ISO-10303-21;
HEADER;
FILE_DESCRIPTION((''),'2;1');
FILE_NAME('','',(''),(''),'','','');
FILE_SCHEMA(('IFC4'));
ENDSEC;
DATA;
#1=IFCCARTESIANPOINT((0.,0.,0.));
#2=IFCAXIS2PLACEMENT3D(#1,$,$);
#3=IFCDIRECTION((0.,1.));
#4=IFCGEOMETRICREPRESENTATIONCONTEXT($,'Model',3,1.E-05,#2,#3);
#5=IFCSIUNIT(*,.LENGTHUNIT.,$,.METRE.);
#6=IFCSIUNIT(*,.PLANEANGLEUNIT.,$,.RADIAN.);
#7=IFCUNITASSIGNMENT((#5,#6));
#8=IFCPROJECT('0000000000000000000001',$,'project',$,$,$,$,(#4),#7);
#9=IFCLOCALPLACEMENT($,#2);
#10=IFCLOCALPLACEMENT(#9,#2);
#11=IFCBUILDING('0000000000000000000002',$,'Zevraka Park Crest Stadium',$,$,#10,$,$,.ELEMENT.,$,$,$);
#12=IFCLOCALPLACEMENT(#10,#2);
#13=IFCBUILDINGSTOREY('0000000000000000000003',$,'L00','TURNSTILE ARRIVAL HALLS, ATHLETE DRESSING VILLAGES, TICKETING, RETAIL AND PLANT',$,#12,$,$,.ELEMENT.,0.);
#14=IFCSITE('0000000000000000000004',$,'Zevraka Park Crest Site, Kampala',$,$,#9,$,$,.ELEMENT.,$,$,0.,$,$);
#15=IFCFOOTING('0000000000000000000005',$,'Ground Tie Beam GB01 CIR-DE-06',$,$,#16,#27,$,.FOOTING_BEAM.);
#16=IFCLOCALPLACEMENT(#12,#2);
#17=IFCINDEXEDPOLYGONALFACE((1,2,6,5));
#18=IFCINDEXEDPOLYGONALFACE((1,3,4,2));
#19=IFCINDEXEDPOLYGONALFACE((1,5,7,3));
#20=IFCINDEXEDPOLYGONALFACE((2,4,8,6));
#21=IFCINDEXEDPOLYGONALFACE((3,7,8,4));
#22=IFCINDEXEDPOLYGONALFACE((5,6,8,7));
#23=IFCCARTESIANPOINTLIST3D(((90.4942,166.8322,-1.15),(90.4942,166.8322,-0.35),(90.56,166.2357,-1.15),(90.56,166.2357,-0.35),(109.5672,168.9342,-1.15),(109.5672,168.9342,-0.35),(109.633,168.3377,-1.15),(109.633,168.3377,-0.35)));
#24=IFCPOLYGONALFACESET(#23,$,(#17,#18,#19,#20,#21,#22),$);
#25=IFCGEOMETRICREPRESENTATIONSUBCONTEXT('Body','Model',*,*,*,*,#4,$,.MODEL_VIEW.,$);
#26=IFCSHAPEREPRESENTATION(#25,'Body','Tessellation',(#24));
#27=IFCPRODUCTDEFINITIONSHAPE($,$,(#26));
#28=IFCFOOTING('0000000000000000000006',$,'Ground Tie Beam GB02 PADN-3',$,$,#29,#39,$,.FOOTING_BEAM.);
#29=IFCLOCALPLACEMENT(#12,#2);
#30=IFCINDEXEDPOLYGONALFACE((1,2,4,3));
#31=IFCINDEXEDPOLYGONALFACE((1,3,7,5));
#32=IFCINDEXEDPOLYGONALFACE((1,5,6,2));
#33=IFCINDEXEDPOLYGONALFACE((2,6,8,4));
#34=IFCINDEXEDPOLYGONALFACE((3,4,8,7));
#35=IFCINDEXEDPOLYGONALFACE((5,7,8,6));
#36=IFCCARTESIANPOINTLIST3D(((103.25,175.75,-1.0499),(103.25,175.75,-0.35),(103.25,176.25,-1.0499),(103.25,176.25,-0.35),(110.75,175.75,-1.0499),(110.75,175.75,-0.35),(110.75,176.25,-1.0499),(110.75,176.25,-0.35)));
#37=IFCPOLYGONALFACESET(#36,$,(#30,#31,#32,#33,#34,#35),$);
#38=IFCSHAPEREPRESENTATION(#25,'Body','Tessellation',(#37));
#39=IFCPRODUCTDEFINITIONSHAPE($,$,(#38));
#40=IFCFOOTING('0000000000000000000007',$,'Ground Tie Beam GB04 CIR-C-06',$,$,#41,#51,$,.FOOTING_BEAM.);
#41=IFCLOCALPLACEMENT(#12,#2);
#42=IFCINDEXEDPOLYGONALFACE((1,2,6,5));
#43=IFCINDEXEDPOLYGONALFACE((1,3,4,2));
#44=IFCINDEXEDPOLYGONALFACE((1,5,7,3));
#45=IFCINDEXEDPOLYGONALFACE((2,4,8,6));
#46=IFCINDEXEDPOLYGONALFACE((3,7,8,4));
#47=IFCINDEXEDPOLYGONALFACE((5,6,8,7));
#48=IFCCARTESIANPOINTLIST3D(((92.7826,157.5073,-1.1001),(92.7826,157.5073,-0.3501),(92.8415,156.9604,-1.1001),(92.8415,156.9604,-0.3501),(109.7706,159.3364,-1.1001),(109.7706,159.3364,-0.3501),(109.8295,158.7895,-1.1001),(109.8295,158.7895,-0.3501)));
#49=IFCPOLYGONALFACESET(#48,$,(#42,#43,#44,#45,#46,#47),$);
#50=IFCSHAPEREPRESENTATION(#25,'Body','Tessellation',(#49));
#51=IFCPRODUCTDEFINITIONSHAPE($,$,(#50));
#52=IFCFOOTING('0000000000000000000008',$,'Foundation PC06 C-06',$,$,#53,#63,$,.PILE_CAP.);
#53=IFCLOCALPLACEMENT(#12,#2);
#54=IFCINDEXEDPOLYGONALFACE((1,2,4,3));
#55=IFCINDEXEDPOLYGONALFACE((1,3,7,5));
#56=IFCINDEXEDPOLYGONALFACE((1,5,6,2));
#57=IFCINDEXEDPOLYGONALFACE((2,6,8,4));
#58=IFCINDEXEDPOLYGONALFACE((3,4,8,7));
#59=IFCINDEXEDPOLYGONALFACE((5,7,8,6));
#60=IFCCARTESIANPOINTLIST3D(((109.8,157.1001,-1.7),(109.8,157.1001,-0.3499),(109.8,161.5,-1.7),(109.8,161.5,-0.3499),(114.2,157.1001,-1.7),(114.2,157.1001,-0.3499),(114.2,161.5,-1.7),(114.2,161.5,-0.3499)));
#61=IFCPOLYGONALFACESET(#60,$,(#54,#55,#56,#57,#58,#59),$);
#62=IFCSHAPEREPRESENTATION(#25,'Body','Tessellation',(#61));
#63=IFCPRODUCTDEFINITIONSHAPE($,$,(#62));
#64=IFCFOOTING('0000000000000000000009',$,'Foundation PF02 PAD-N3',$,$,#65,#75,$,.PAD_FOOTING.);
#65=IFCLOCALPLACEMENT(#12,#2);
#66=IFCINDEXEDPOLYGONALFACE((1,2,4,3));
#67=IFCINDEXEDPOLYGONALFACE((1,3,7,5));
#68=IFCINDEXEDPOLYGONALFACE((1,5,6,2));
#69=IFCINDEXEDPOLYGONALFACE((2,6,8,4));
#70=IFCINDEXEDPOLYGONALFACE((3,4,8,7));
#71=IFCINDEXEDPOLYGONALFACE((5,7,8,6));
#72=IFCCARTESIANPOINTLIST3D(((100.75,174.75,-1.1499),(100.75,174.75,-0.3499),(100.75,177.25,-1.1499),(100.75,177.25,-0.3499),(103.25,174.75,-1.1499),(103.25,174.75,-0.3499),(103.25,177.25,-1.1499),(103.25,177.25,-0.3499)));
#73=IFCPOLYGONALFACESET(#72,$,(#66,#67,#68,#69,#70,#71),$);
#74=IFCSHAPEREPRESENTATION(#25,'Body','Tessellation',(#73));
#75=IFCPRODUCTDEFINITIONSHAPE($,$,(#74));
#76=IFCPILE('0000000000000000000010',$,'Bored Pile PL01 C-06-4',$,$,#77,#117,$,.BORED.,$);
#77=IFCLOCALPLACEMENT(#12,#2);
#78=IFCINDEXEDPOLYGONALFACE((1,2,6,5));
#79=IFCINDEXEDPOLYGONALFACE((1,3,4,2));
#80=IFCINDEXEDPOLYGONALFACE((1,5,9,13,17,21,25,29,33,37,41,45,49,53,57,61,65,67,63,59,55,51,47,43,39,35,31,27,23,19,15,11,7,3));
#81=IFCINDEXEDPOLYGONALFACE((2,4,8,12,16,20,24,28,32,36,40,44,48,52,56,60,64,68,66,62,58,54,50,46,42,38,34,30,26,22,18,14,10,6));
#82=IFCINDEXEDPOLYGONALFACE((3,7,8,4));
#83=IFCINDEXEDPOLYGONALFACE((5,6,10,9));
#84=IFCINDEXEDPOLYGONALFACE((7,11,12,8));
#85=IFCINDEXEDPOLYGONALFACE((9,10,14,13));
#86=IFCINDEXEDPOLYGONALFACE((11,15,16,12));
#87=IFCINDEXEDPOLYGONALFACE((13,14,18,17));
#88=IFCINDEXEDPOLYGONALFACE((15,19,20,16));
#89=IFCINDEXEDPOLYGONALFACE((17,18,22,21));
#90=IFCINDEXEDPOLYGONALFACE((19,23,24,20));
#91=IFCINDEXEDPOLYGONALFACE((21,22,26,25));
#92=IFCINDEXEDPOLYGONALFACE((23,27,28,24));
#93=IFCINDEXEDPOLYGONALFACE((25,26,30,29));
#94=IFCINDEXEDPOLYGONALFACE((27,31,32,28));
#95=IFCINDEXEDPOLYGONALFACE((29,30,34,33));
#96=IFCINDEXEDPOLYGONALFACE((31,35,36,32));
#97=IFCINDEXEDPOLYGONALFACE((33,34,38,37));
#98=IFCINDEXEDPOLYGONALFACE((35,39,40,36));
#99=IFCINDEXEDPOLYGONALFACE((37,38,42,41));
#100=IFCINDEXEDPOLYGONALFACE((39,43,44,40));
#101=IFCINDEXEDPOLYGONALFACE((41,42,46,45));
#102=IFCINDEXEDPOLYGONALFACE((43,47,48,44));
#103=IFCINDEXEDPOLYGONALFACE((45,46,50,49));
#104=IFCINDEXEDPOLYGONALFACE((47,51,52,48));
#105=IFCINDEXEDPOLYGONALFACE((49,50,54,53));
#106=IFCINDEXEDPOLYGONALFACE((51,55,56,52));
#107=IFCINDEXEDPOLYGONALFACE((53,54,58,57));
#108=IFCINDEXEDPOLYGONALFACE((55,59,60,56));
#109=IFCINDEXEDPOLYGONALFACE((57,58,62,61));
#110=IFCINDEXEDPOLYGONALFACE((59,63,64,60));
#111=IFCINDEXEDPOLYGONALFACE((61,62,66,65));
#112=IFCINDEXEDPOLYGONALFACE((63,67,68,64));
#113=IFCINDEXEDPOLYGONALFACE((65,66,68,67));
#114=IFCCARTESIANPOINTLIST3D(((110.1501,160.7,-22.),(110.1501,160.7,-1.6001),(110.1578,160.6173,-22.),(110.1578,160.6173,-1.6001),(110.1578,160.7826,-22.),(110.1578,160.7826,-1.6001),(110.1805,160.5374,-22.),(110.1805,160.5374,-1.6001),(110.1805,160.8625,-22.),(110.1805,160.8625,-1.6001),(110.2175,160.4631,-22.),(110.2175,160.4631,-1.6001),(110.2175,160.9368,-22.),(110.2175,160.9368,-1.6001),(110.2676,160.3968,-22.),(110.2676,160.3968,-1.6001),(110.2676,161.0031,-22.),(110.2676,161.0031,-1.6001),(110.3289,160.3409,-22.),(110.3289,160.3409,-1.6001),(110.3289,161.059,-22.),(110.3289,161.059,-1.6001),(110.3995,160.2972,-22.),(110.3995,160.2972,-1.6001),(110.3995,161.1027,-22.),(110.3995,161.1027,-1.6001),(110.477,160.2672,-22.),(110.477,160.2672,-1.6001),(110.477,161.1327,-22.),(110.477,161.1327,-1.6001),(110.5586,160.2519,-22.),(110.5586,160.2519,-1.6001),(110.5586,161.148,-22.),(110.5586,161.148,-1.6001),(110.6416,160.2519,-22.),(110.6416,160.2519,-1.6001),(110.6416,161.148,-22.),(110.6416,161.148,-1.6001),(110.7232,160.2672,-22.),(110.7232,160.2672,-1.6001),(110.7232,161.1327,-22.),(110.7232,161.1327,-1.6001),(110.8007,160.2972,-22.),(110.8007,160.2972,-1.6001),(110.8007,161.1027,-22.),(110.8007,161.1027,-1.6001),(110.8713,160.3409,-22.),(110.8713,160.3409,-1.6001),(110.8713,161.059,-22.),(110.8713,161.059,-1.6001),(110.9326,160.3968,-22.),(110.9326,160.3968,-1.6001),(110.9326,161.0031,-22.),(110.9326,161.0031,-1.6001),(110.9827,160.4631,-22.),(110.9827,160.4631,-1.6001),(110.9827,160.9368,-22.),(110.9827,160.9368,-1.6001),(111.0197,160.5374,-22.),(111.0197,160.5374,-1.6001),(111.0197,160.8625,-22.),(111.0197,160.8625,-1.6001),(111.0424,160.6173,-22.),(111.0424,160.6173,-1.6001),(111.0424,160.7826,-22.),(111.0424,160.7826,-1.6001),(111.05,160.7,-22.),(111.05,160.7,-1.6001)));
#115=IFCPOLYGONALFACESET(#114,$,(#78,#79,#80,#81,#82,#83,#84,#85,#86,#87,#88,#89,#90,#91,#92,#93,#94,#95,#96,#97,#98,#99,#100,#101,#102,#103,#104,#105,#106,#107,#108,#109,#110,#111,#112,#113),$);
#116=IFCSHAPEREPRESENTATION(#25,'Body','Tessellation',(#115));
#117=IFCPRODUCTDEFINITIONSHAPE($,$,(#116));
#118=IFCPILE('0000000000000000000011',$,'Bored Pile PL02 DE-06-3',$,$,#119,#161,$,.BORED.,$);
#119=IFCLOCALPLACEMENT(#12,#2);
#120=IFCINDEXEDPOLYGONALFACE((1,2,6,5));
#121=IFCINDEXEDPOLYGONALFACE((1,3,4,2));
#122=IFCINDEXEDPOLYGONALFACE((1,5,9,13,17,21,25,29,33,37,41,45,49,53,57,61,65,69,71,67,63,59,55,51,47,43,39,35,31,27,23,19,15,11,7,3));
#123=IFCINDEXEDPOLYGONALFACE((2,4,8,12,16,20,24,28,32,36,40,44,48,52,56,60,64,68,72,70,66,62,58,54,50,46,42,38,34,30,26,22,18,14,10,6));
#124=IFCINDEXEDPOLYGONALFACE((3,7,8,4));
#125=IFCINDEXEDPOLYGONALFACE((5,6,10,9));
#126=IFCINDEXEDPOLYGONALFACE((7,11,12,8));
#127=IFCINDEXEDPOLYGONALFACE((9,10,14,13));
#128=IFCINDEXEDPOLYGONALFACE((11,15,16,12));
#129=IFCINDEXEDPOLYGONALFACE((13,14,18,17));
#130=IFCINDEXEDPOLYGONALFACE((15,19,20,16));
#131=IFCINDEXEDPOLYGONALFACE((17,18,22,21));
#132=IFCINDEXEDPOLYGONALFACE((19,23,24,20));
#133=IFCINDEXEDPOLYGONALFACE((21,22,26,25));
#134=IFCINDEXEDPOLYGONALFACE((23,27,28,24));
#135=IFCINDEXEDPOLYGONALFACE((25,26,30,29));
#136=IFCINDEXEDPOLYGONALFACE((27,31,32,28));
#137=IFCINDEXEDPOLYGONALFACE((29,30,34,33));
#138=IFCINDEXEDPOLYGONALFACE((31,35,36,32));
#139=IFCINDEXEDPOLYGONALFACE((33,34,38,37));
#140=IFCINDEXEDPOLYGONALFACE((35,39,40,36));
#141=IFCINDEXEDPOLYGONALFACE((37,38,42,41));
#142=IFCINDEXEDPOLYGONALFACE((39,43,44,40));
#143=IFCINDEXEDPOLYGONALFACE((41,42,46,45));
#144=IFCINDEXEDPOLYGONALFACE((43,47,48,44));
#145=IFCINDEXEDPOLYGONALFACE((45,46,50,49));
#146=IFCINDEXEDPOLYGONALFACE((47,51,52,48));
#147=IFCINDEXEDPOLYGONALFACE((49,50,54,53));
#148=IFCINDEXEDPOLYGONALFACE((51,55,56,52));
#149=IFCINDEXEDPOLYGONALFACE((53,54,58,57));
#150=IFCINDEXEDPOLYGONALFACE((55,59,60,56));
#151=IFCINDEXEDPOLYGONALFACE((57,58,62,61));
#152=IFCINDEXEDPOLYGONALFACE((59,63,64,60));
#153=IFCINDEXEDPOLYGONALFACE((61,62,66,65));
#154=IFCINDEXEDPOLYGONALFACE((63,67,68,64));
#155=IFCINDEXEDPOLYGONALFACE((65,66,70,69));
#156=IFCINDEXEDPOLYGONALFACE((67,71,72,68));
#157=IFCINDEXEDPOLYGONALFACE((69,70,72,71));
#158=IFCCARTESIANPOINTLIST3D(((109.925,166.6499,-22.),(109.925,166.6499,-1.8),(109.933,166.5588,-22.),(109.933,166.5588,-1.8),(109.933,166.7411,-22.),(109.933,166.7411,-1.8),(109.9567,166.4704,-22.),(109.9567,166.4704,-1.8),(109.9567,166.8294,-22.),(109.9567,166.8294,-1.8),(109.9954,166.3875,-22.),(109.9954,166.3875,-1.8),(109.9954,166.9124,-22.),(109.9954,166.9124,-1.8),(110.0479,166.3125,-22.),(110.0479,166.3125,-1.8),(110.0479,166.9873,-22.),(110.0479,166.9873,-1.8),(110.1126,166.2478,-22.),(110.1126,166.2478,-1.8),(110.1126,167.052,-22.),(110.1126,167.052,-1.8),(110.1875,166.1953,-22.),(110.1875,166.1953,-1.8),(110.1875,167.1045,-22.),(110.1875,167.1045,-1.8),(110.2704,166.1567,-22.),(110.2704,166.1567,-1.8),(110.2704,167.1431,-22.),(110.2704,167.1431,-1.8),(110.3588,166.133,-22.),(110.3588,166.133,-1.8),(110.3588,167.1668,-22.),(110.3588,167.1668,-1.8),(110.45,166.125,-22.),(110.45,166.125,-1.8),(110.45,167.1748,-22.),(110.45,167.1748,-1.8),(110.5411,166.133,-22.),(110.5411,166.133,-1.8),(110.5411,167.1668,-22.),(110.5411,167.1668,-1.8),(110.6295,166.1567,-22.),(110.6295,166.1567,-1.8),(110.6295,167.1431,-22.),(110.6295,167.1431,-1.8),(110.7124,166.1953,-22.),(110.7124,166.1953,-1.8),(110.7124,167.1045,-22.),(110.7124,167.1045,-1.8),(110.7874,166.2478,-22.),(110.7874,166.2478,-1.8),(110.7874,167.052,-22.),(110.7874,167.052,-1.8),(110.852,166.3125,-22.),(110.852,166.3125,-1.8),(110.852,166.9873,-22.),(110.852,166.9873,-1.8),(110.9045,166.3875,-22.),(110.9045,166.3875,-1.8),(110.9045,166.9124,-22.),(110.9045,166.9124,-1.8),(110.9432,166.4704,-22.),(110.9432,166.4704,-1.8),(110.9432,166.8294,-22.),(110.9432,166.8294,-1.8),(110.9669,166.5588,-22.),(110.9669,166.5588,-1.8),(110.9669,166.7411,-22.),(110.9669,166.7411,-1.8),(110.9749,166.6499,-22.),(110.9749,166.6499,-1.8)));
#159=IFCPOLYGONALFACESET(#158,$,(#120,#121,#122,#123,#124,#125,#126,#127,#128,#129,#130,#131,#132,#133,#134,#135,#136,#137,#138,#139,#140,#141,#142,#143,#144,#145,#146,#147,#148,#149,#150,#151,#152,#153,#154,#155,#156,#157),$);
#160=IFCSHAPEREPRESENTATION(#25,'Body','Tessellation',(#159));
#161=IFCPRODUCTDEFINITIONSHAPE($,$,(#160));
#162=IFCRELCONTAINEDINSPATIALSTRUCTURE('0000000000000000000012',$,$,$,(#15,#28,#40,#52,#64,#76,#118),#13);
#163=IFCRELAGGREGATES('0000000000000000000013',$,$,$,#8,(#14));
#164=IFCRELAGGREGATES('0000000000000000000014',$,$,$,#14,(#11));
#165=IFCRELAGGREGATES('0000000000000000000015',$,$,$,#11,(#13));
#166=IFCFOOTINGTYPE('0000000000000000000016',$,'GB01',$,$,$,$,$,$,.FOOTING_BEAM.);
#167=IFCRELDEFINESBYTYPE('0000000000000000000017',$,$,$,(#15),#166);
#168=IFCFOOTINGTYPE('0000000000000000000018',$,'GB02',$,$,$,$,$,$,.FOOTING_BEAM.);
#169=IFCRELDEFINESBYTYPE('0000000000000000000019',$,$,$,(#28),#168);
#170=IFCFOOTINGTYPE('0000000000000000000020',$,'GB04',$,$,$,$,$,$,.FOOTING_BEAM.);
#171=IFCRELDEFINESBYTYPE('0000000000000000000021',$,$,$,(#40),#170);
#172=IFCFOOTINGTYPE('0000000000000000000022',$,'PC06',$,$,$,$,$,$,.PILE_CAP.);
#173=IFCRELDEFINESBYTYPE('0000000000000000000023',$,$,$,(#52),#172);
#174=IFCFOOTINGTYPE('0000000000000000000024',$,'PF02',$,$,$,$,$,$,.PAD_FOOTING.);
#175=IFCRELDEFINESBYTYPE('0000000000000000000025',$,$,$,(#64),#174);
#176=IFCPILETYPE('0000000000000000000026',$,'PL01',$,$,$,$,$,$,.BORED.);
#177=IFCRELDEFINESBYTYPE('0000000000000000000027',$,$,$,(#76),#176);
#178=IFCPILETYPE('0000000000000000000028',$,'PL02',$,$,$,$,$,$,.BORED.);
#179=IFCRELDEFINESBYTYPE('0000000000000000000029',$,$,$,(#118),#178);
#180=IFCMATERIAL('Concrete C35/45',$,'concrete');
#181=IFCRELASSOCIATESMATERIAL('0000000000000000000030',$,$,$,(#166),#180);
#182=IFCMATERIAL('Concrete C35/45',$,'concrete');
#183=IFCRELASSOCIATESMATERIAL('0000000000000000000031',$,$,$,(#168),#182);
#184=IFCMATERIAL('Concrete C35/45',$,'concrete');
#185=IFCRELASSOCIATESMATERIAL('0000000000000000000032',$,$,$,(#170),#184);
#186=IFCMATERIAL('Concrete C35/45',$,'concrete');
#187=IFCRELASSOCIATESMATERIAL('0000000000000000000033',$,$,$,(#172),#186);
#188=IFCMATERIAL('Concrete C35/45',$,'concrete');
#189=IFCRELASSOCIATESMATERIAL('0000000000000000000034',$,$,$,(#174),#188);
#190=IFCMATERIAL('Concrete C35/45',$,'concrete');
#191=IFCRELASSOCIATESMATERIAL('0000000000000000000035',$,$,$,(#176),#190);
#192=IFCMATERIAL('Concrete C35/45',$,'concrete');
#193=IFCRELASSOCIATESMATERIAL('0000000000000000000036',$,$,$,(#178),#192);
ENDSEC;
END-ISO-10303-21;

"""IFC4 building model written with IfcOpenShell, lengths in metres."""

from ifc_helpers import new_model, si_unit, direction, frame, origin, origin_2d, place, context, subcontext, project, spatial, rectangle, circle, extrude, material, material_profile, profile_set, type_object, element, save


model = new_model("IFC4")

# Units and contexts
model_context = context("Model", 3, precision=1e-05, world=origin(), true_north=direction((0.0, 1.0)))
body_context = subcontext(model_context, "Body", "Model", "MODEL_VIEW")
ifc_project = project(units=[si_unit("LENGTHUNIT", "METRE"), si_unit("PLANEANGLEUNIT", "RADIAN")], contexts=[model_context])

# Site, building, storey
site_placement = place(None, origin())
site = spatial("IfcSite", under=ifc_project, at=site_placement, Name="Zevraka Park Crest Site, Kampala", CompositionType="ELEMENT", RefElevation=0.0)
building_placement = place(site_placement, origin())
building = spatial("IfcBuilding", under=site, at=building_placement, Name="Zevraka Park Crest Stadium", CompositionType="ELEMENT")
storey_placement = place(building_placement, origin())
storey = spatial("IfcBuildingStorey", under=building, at=storey_placement, Name="L00", Description="TURNSTILE ARRIVAL HALLS, ATHLETE DRESSING VILLAGES, TICKETING, RETAIL AND PLANT", CompositionType="ELEMENT", Elevation=0.0)

# Footings
ifc_material_1 = material(Name="Concrete C35/45", Category="concrete")
ifc_material_profile_1 = material_profile(ifc_material_1, rectangle(XDim=0.6001, YDim=0.8, at=origin_2d()), Name="GB 800x600")
ifc_profile_set_1 = profile_set([ifc_material_profile_1], Name="Concrete C35/45")
footing_type_1 = type_object("IfcFootingType", Name="GB01", PredefinedType="FOOTING_BEAM", material=ifc_profile_set_1)
footing_1_placement = place(storey_placement, frame((109.6001, 168.636, -0.75), z_axis=(-0.993982, -0.109548, 0.0), x_axis=(0.109548, -0.993982, 0.0)))
element("IfcFooting", 1, at=footing_1_placement, inside=storey, type_object=footing_type_1, Name="Ground Tie Beam GB01 CIR-DE-06", PredefinedType="FOOTING_BEAM", context=body_context, shape_type="SweptSolid", body=[
    extrude(rectangle(XDim=0.6001, YDim=0.8, at=origin_2d()), origin(), (0.0, 0.0, 1.0), 19.1885),
])
ifc_material_2 = material(Name="Concrete C35/45", Category="concrete")
ifc_material_profile_2 = material_profile(ifc_material_2, rectangle(XDim=0.5, YDim=0.7, at=origin_2d()), Name="GB 700x500")
ifc_profile_set_2 = profile_set([ifc_material_profile_2], Name="Concrete C35/45")
footing_type_2 = type_object("IfcFootingType", Name="GB02", PredefinedType="FOOTING_BEAM", material=ifc_profile_set_2)
footing_2_placement = place(storey_placement, frame((103.25, 176.0, -0.7), z_axis=(1.0, 0.0, 0.0), x_axis=(0.0, 1.0, 0.0)))
element("IfcFooting", 2, at=footing_2_placement, inside=storey, type_object=footing_type_2, Name="Ground Tie Beam GB02 PADN-3", PredefinedType="FOOTING_BEAM", context=body_context, shape_type="SweptSolid", body=[
    extrude(rectangle(XDim=0.5, YDim=0.7, at=origin_2d()), origin(), (0.0, 0.0, 1.0), 7.5),
])
ifc_material_3 = material(Name="Concrete C35/45", Category="concrete")
ifc_material_profile_3 = material_profile(ifc_material_3, rectangle(XDim=0.55, YDim=0.75, at=origin_2d()), Name="GB 750x550")
ifc_profile_set_3 = profile_set([ifc_material_profile_3], Name="Concrete C35/45")
footing_type_3 = type_object("IfcFootingType", Name="GB04", PredefinedType="FOOTING_BEAM", material=ifc_profile_set_3)
footing_3_placement = place(storey_placement, frame((109.8, 159.063, -0.7251), z_axis=(-0.994254, -0.107051, 0.0), x_axis=(0.107051, -0.994254, 0.0)))
element("IfcFooting", 3, at=footing_3_placement, inside=storey, type_object=footing_type_3, Name="Ground Tie Beam GB04 CIR-C-06", PredefinedType="FOOTING_BEAM", context=body_context, shape_type="SweptSolid", body=[
    extrude(rectangle(XDim=0.55, YDim=0.75, at=origin_2d()), origin(), (0.0, 0.0, 1.0), 17.0862),
])
ifc_material_4 = material(Name="Concrete C35/45", Category="concrete")
footing_type_4 = type_object("IfcFootingType", Name="PC06", PredefinedType="PILE_CAP", material=ifc_material_4)
footing_4_placement = place(storey_placement, frame((112.0, 159.3, -1.7), z_axis=(0.0, 0.0, 1.0), x_axis=(0.0, 1.0, 0.0)))
element("IfcFooting", 4, at=footing_4_placement, inside=storey, type_object=footing_type_4, Name="Foundation PC06 C-06", PredefinedType="PILE_CAP", context=body_context, shape_type="SweptSolid", body=[
    extrude(rectangle(XDim=4.3999, YDim=4.3999, at=origin_2d()), origin(), (0.0, 0.0, 1.0), 1.3501),
])
ifc_material_5 = material(Name="Concrete C35/45", Category="concrete")
footing_type_5 = type_object("IfcFootingType", Name="PF02", PredefinedType="PAD_FOOTING", material=ifc_material_5)
footing_5_placement = place(storey_placement, frame((102.0, 176.0, -1.1499), z_axis=(0.0, 0.0, 1.0), x_axis=(1.0, 0.0, 0.0)))
element("IfcFooting", 5, at=footing_5_placement, inside=storey, type_object=footing_type_5, Name="Foundation PF02 PAD-N3", PredefinedType="PAD_FOOTING", context=body_context, shape_type="SweptSolid", body=[
    extrude(rectangle(XDim=2.5, YDim=2.5, at=origin_2d()), origin(), (0.0, 0.0, 1.0), 0.8),
])

# Piles
ifc_material_6 = material(Name="Concrete C35/45", Category="concrete")
ifc_material_profile_4 = material_profile(ifc_material_6, circle(Radius=0.45, at=origin_2d()), Name="PILE D900")
ifc_profile_set_4 = profile_set([ifc_material_profile_4], Name="Concrete C35/45")
pile_type_1 = type_object("IfcPileType", Name="PL01", PredefinedType="BORED", material=ifc_profile_set_4)
pile_placement = place(storey_placement, frame((110.6001, 160.7, -1.6001), z_axis=(0.0, 0.0, -1.0), x_axis=(1.0, 0.0, 0.0)))
element("IfcPile", 6, at=pile_placement, inside=storey, type_object=pile_type_1, Name="Bored Pile PL01 C-06-4", PredefinedType="BORED", context=body_context, shape_type="SweptSolid", body=[
    extrude(circle(Radius=0.45, at=origin_2d()), origin(), (0.0, 0.0, 1.0), 20.3999),
])
ifc_material_7 = material(Name="Concrete C35/45", Category="concrete")
ifc_material_profile_5 = material_profile(ifc_material_7, circle(Radius=0.5249, at=origin_2d()), Name="PILE D1050")
ifc_profile_set_5 = profile_set([ifc_material_profile_5], Name="Concrete C35/45")
pile_type_2 = type_object("IfcPileType", Name="PL02", PredefinedType="BORED", material=ifc_profile_set_5)
for number, where, z_axis, x_axis, name in (
    (7, (110.45, 166.6499, -1.8), (0.0, 0.0, -1.0), (1.0, 0.0, 0.0), "Bored Pile PL02 DE-06-3"),
):
    element("IfcPile", number, at=place(storey_placement, frame(where, z_axis=z_axis, x_axis=x_axis)), inside=storey, type_object=pile_type_2, Name=name, PredefinedType="BORED", context=body_context, shape_type="SweptSolid", body=[
        extrude(circle(Radius=0.5249, at=origin_2d()), origin(), (0.0, 0.0, 1.0), 20.2),
    ])

save(model, "model.ifc")
